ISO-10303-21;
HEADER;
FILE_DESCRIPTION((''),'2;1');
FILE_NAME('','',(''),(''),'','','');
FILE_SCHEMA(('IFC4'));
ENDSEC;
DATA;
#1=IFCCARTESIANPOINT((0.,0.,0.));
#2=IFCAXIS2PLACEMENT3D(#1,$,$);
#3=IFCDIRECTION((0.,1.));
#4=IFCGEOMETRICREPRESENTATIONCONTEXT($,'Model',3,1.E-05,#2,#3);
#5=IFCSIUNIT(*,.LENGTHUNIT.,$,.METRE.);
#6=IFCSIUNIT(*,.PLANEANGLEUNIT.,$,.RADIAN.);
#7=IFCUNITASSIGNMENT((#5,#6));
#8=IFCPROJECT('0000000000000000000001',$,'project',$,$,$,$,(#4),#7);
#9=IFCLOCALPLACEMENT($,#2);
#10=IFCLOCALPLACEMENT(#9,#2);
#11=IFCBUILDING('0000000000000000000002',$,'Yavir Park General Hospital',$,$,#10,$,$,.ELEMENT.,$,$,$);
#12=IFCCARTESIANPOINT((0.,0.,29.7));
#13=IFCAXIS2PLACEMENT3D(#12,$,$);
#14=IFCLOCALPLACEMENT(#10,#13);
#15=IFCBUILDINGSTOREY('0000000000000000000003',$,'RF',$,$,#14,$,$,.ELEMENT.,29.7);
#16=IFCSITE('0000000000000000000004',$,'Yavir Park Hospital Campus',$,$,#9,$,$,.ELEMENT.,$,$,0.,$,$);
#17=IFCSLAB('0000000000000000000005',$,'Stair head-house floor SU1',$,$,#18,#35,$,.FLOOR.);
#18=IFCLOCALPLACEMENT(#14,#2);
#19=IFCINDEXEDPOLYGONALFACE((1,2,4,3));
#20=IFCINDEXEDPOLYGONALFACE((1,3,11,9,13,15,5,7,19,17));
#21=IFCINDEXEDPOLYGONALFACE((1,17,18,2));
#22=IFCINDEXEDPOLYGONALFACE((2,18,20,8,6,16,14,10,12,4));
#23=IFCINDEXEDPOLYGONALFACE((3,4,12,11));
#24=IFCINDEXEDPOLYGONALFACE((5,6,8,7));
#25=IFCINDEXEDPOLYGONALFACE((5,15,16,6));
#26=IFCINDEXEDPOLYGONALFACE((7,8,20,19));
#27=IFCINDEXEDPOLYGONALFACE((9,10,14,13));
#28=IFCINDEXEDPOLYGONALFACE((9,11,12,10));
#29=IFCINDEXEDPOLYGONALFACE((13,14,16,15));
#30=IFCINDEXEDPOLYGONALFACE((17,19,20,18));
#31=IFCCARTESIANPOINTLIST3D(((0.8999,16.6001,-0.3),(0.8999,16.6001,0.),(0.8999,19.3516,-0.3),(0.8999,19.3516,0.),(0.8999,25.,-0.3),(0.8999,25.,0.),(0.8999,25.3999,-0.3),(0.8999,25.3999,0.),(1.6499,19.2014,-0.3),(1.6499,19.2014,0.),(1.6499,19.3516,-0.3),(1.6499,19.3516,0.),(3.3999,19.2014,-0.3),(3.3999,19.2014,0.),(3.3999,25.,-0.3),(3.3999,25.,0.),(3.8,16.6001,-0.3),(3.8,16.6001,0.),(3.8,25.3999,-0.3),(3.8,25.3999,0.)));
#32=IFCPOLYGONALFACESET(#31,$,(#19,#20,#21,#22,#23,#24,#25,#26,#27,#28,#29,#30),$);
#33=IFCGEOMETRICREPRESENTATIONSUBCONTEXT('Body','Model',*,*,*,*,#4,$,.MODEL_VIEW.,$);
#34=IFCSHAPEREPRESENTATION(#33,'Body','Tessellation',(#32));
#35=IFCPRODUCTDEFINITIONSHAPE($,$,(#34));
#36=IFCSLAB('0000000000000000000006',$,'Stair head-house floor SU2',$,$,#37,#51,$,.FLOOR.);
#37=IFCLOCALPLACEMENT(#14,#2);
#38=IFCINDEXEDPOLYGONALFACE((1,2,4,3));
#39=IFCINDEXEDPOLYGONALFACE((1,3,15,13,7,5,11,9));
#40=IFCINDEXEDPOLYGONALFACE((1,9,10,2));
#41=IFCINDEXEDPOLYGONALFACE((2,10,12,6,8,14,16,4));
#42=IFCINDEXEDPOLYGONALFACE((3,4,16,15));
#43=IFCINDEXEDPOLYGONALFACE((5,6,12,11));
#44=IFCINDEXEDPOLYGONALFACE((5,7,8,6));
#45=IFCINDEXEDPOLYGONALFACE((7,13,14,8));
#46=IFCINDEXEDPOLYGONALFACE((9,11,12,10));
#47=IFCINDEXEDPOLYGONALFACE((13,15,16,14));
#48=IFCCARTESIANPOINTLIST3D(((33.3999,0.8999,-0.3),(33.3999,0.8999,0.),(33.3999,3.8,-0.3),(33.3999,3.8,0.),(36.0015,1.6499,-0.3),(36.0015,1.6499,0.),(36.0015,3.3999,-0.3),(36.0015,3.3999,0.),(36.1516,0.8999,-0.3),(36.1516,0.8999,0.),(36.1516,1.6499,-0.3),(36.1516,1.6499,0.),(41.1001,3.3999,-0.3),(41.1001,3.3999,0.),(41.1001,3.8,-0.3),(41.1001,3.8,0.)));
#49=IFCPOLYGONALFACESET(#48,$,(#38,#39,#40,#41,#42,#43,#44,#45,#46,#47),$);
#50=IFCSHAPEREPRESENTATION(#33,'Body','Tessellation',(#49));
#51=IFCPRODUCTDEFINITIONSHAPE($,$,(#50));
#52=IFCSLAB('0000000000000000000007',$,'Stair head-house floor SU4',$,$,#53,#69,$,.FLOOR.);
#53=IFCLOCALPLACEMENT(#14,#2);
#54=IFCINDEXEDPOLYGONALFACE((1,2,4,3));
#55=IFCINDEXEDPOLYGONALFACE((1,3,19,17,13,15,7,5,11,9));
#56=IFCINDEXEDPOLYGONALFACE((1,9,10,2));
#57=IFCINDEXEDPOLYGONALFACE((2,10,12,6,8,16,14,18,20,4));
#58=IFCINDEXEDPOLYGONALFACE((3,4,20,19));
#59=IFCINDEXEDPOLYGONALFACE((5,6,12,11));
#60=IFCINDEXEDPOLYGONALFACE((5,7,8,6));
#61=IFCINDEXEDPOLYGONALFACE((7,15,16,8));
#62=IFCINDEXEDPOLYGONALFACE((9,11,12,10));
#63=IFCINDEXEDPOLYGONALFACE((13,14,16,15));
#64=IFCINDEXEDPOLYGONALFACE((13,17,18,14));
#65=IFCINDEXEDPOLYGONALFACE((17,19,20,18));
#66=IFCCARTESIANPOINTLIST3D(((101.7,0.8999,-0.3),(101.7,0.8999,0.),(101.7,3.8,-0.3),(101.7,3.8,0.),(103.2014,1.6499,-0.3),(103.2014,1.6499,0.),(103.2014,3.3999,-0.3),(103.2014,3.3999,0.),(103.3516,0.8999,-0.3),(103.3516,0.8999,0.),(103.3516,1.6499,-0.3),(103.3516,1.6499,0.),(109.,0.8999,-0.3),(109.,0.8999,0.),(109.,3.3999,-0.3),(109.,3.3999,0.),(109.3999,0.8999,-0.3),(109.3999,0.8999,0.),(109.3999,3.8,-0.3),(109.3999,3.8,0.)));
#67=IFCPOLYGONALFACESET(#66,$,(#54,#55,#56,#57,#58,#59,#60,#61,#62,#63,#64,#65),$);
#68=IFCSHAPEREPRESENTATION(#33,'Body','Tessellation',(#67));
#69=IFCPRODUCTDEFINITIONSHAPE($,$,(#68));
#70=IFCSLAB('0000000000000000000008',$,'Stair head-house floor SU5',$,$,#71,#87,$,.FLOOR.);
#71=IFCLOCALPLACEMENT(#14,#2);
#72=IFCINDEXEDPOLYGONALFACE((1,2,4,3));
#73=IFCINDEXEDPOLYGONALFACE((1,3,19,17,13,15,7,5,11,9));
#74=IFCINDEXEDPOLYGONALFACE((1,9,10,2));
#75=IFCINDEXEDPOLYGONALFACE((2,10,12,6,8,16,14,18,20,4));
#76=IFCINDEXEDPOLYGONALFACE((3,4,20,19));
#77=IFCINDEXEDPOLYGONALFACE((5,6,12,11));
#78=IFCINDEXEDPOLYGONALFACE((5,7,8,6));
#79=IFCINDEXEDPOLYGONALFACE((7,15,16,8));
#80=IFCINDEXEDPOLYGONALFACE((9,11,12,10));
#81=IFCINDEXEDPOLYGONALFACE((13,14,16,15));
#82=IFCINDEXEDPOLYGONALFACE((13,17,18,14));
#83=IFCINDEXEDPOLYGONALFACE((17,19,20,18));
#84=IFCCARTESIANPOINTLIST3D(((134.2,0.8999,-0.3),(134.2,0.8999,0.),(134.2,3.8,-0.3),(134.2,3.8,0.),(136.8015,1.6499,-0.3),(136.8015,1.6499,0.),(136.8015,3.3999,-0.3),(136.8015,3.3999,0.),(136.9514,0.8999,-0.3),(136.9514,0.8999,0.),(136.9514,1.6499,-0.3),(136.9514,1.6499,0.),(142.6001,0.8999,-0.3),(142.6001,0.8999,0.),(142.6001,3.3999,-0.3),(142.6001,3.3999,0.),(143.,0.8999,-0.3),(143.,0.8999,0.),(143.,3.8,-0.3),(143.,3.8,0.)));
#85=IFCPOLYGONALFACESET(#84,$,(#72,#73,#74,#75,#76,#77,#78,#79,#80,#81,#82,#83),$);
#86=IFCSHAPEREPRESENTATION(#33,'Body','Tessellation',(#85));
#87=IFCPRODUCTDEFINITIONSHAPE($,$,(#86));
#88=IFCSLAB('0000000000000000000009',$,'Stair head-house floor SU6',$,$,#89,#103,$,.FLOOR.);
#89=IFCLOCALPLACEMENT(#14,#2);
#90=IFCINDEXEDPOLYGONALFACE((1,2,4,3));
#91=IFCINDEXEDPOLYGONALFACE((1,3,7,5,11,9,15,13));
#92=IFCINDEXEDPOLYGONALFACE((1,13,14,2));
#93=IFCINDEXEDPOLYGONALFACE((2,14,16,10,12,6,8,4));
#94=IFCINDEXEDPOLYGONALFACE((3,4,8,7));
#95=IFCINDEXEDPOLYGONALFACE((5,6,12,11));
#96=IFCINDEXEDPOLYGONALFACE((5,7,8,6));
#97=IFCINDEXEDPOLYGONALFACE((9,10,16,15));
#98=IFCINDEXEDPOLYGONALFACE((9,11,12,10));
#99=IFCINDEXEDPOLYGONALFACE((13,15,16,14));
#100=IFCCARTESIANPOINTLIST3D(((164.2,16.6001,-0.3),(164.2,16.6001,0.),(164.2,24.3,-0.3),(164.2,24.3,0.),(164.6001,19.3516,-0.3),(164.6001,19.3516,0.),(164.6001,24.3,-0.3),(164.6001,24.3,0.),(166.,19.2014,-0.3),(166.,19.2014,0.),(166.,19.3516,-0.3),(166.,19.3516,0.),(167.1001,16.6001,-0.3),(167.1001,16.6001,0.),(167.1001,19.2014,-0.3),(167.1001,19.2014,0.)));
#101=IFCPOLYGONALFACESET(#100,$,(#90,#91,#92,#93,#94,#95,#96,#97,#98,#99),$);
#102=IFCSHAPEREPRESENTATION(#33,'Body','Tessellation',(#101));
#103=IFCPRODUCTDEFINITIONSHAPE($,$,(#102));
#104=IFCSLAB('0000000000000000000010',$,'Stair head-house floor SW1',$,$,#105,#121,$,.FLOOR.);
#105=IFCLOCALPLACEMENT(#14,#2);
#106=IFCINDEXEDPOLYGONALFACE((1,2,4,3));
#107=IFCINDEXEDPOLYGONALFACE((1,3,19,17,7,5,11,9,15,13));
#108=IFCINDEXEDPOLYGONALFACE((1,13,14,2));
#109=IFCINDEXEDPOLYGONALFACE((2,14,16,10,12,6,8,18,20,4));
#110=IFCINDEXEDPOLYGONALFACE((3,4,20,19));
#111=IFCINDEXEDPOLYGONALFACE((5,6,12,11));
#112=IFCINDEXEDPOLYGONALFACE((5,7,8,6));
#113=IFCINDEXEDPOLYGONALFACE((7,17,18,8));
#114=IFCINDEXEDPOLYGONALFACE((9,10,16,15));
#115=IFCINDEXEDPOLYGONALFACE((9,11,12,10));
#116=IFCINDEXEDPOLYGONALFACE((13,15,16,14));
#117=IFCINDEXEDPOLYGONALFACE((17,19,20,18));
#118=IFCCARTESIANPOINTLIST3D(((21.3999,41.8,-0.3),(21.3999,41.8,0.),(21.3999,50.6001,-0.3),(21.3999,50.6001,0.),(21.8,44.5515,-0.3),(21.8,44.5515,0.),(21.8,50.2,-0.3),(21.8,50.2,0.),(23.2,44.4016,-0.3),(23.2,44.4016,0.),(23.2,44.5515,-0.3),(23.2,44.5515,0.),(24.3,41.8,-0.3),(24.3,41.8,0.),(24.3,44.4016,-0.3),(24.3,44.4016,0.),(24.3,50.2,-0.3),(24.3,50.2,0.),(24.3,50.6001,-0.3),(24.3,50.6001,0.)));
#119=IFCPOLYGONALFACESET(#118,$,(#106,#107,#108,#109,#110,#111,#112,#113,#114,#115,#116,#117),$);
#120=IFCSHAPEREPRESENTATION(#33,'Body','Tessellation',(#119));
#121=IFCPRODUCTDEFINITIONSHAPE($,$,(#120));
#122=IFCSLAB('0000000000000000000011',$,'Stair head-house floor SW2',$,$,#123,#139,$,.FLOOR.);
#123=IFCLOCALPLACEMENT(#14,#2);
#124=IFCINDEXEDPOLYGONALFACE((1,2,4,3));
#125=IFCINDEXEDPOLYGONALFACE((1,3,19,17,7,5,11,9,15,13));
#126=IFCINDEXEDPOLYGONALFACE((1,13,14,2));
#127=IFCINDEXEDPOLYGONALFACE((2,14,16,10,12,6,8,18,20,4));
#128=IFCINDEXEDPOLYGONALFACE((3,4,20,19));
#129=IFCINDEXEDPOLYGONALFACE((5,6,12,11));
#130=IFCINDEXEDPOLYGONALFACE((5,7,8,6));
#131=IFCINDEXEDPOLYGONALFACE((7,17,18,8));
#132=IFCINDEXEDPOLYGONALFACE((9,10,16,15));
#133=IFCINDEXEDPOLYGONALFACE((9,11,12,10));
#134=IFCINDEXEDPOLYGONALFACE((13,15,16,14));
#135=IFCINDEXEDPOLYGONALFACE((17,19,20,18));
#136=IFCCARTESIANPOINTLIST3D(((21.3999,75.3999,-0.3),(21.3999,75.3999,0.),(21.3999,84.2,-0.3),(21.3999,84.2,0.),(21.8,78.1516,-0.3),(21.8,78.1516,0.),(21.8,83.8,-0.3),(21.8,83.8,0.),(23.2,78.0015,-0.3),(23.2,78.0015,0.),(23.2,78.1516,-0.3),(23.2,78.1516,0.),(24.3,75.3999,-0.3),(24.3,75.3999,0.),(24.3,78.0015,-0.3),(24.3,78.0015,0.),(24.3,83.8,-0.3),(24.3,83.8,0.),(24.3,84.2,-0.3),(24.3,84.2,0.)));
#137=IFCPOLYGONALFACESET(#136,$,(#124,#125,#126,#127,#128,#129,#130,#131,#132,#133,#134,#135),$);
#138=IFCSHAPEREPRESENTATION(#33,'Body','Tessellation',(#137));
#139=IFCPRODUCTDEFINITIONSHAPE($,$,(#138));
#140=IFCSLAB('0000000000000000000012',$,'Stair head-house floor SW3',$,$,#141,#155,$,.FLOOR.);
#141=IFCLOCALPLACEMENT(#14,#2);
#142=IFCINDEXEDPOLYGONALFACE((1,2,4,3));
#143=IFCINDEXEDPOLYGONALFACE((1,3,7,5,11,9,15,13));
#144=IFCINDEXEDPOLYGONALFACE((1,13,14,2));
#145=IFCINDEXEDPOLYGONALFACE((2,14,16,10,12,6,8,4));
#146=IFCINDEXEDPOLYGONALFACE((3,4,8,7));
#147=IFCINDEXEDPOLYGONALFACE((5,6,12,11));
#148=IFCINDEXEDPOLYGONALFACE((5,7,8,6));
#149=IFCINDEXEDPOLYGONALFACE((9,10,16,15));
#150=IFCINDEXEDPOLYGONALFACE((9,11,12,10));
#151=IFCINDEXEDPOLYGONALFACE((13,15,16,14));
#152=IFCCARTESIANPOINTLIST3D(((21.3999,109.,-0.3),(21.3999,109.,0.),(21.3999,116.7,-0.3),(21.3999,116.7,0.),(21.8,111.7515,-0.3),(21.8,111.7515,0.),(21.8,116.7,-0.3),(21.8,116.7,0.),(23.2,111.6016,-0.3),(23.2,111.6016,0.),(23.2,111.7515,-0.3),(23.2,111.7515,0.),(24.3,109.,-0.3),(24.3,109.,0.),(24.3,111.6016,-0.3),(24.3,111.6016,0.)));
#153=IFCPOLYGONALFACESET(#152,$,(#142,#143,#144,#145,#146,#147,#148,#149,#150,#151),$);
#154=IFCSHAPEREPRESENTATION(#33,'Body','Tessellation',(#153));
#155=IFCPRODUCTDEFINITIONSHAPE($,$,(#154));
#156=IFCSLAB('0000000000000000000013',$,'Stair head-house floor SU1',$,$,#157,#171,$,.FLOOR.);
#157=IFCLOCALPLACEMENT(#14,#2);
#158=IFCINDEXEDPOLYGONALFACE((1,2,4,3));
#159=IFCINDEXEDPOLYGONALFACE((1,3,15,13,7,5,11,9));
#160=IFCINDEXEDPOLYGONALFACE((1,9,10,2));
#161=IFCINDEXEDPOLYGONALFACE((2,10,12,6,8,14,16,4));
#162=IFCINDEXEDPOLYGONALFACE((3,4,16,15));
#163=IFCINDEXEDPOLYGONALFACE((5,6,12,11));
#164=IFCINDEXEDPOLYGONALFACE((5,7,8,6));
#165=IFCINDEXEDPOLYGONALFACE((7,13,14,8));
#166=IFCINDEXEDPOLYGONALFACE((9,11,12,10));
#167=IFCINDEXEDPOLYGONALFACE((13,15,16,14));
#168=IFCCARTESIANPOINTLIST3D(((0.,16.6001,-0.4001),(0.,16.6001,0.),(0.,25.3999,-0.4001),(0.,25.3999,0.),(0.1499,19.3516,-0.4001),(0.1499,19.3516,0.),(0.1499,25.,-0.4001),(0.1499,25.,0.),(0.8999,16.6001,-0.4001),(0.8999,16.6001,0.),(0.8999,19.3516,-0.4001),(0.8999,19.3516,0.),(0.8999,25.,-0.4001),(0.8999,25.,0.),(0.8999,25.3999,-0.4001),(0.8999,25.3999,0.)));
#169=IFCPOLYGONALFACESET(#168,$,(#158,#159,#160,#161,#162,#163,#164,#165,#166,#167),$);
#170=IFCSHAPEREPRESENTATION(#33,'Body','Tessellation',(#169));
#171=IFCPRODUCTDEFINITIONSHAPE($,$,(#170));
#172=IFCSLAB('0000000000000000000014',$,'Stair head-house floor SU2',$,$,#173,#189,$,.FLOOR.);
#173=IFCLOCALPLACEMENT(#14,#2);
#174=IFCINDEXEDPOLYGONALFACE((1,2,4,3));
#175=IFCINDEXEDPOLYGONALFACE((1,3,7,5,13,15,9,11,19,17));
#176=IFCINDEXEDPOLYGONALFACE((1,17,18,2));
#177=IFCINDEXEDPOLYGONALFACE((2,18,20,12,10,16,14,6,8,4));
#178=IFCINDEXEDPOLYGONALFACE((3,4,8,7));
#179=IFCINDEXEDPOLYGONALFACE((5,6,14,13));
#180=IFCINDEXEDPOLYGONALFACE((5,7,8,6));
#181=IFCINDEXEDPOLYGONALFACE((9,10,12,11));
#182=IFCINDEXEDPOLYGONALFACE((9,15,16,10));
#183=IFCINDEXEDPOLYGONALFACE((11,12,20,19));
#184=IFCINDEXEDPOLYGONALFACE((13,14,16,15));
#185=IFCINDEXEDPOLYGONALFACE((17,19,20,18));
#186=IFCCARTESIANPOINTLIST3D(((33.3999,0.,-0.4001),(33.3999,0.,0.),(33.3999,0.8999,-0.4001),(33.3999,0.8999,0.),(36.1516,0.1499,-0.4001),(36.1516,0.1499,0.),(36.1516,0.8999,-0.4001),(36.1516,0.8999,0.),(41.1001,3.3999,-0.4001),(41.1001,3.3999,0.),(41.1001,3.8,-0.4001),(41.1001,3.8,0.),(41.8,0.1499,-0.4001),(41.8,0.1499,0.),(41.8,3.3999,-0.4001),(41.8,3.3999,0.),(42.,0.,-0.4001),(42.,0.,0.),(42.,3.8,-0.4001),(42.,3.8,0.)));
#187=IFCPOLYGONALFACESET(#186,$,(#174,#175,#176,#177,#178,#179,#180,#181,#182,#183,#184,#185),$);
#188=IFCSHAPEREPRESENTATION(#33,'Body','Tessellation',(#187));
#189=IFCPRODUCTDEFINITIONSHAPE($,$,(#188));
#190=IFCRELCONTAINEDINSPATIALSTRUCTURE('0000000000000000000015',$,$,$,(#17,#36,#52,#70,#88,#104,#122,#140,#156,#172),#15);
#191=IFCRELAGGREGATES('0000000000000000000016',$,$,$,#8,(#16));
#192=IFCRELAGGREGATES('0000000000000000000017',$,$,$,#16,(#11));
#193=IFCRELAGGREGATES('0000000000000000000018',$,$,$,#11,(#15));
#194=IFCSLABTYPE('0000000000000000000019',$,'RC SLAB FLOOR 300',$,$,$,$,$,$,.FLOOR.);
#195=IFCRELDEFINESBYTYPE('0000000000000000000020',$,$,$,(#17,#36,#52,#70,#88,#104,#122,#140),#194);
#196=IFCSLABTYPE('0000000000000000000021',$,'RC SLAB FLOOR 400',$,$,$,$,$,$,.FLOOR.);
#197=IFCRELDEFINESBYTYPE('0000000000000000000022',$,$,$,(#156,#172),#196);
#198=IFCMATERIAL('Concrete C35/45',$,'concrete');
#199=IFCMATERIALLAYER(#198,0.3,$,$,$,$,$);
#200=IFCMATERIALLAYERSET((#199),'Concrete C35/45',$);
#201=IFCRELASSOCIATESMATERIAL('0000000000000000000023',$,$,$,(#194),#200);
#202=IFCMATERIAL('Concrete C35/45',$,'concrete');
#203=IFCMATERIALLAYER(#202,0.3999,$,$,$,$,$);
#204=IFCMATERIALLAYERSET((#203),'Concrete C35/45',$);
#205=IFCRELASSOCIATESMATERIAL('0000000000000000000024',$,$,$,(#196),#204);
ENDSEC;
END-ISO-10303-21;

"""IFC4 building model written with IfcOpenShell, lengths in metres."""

from ifc_helpers import new_model, si_unit, direction, frame, origin, place, context, subcontext, project, spatial, polyline, outline, extrude, material, layer, layer_set, type_object, element, save


model = new_model("IFC4")

# Units and contexts
model_context = context("Model", 3, precision=1e-05, world=origin(), true_north=direction((0.0, 1.0)))
body_context = subcontext(model_context, "Body", "Model", "MODEL_VIEW")
ifc_project = project(units=[si_unit("LENGTHUNIT", "METRE"), si_unit("PLANEANGLEUNIT", "RADIAN")], contexts=[model_context])

# Site, building, storey
site_placement = place(None, origin())
site = spatial("IfcSite", under=ifc_project, at=site_placement, Name="Yavir Park Hospital Campus", CompositionType="ELEMENT", RefElevation=0.0)
building_placement = place(site_placement, origin())
building = spatial("IfcBuilding", under=site, at=building_placement, Name="Yavir Park General Hospital", CompositionType="ELEMENT")
storey_placement = place(building_placement, frame((0.0, 0.0, 29.7)))
storey = spatial("IfcBuildingStorey", under=building, at=storey_placement, Name="RF", CompositionType="ELEMENT", Elevation=29.7)

# Slabs
ifc_material_1 = material(Name="Concrete C35/45", Category="concrete")
ifc_layer_1 = layer(ifc_material_1, 0.3)
ifc_layer_set_1 = layer_set([ifc_layer_1], Name="Concrete C35/45")
slab_type_1 = type_object("IfcSlabType", Name="RC SLAB FLOOR 300", PredefinedType="FLOOR", material=ifc_layer_set_1)
slab_1_placement = place(storey_placement, frame((0.0, 0.0, -0.3)))
element("IfcSlab", 1, at=slab_1_placement, inside=storey, type_object=slab_type_1, Name="Stair head-house floor SU1", PredefinedType="FLOOR", context=body_context, shape_type="SweptSolid", body=[
    extrude(outline(polyline([(0.8999, 25.3999), (0.8999, 25.0), (3.3999, 25.0), (3.3999, 19.2014), (1.6499, 19.2014), (1.6499, 19.3516), (0.8999, 19.3516), (0.8999, 16.6001), (3.8, 16.6001), (3.8, 25.3999), (0.8999, 25.3999)])), origin(), (0.0, 0.0, 1.0), 0.3),
])
slab_2_placement = place(storey_placement, frame((0.0, 0.0, -0.3)))
element("IfcSlab", 2, at=slab_2_placement, inside=storey, type_object=slab_type_1, Name="Stair head-house floor SU2", PredefinedType="FLOOR", context=body_context, shape_type="SweptSolid", body=[
    extrude(outline(polyline([(33.3999, 0.8999), (36.1516, 0.8999), (36.1516, 1.6499), (36.0015, 1.6499), (36.0015, 3.3999), (41.1001, 3.3999), (41.1001, 3.8), (33.3999, 3.8), (33.3999, 0.8999)])), origin(), (0.0, 0.0, 1.0), 0.3),
])
slab_3_placement = place(storey_placement, frame((0.0, 0.0, -0.3)))
element("IfcSlab", 3, at=slab_3_placement, inside=storey, type_object=slab_type_1, Name="Stair head-house floor SU4", PredefinedType="FLOOR", context=body_context, shape_type="SweptSolid", body=[
    extrude(outline(polyline([(101.7, 0.8999), (103.3516, 0.8999), (103.3516, 1.6499), (103.2014, 1.6499), (103.2014, 3.3999), (109.0, 3.3999), (109.0, 0.8999), (109.3999, 0.8999), (109.3999, 3.8), (101.7, 3.8), (101.7, 0.8999)])), origin(), (0.0, 0.0, 1.0), 0.3),
])
slab_4_placement = place(storey_placement, frame((0.0, 0.0, -0.3)))
element("IfcSlab", 4, at=slab_4_placement, inside=storey, type_object=slab_type_1, Name="Stair head-house floor SU5", PredefinedType="FLOOR", context=body_context, shape_type="SweptSolid", body=[
    extrude(outline(polyline([(134.2, 0.8999), (136.9514, 0.8999), (136.9514, 1.6499), (136.8015, 1.6499), (136.8015, 3.3999), (142.6001, 3.3999), (142.6001, 0.8999), (143.0, 0.8999), (143.0, 3.8), (134.2, 3.8), (134.2, 0.8999)])), origin(), (0.0, 0.0, 1.0), 0.3),
])
slab_5_placement = place(storey_placement, frame((0.0, 0.0, -0.3)))
element("IfcSlab", 5, at=slab_5_placement, inside=storey, type_object=slab_type_1, Name="Stair head-house floor SU6", PredefinedType="FLOOR", context=body_context, shape_type="SweptSolid", body=[
    extrude(outline(polyline([(167.1001, 16.6001), (167.1001, 19.2014), (166.0, 19.2014), (166.0, 19.3516), (164.6001, 19.3516), (164.6001, 24.3), (164.2, 24.3), (164.2, 16.6001), (167.1001, 16.6001)])), origin(), (0.0, 0.0, 1.0), 0.3),
])
slab_6_placement = place(storey_placement, frame((0.0, 0.0, -0.3)))
element("IfcSlab", 6, at=slab_6_placement, inside=storey, type_object=slab_type_1, Name="Stair head-house floor SW1", PredefinedType="FLOOR", context=body_context, shape_type="SweptSolid", body=[
    extrude(outline(polyline([(24.3, 41.8), (24.3, 44.4016), (23.2, 44.4016), (23.2, 44.5515), (21.8, 44.5515), (21.8, 50.2), (24.3, 50.2), (24.3, 50.6001), (21.3999, 50.6001), (21.3999, 41.8), (24.3, 41.8)])), origin(), (0.0, 0.0, 1.0), 0.3),
])
slab_7_placement = place(storey_placement, frame((0.0, 0.0, -0.3)))
element("IfcSlab", 7, at=slab_7_placement, inside=storey, type_object=slab_type_1, Name="Stair head-house floor SW2", PredefinedType="FLOOR", context=body_context, shape_type="SweptSolid", body=[
    extrude(outline(polyline([(24.3, 75.3999), (24.3, 78.0015), (23.2, 78.0015), (23.2, 78.1516), (21.8, 78.1516), (21.8, 83.8), (24.3, 83.8), (24.3, 84.2), (21.3999, 84.2), (21.3999, 75.3999), (24.3, 75.3999)])), origin(), (0.0, 0.0, 1.0), 0.3),
])
slab_8_placement = place(storey_placement, frame((0.0, 0.0, -0.3)))
element("IfcSlab", 8, at=slab_8_placement, inside=storey, type_object=slab_type_1, Name="Stair head-house floor SW3", PredefinedType="FLOOR", context=body_context, shape_type="SweptSolid", body=[
    extrude(outline(polyline([(24.3, 109.0), (24.3, 111.6016), (23.2, 111.6016), (23.2, 111.7515), (21.8, 111.7515), (21.8, 116.7), (21.3999, 116.7), (21.3999, 109.0), (24.3, 109.0)])), origin(), (0.0, 0.0, 1.0), 0.3),
])
ifc_material_2 = material(Name="Concrete C35/45", Category="concrete")
ifc_layer_2 = layer(ifc_material_2, 0.3999)
ifc_layer_set_2 = layer_set([ifc_layer_2], Name="Concrete C35/45")
slab_type_2 = type_object("IfcSlabType", Name="RC SLAB FLOOR 400", PredefinedType="FLOOR", material=ifc_layer_set_2)
slab_9_placement = place(storey_placement, frame((0.0, 0.0, -0.4001)))
element("IfcSlab", 9, at=slab_9_placement, inside=storey, type_object=slab_type_2, Name="Stair head-house floor SU1", PredefinedType="FLOOR", context=body_context, shape_type="SweptSolid", body=[
    extrude(outline(polyline([(0.8999, 16.6001), (0.8999, 19.3516), (0.1499, 19.3516), (0.1499, 25.0), (0.8999, 25.0), (0.8999, 25.3999), (0.0, 25.3999), (0.0, 16.6001), (0.8999, 16.6001)])), origin(), (0.0, 0.0, 1.0), 0.4001),
])
slab_10_placement = place(storey_placement, frame((0.0, 0.0, -0.4001)))
element("IfcSlab", 10, at=slab_10_placement, inside=storey, type_object=slab_type_2, Name="Stair head-house floor SU2", PredefinedType="FLOOR", context=body_context, shape_type="SweptSolid", body=[
    extrude(outline(polyline([(41.1001, 3.8), (41.1001, 3.3999), (41.8, 3.3999), (41.8, 0.1499), (36.1516, 0.1499), (36.1516, 0.8999), (33.3999, 0.8999), (33.3999, 0.0), (42.0, 0.0), (42.0, 3.8), (41.1001, 3.8)])), origin(), (0.0, 0.0, 1.0), 0.4001),
])

save(model, "model.ifc")
